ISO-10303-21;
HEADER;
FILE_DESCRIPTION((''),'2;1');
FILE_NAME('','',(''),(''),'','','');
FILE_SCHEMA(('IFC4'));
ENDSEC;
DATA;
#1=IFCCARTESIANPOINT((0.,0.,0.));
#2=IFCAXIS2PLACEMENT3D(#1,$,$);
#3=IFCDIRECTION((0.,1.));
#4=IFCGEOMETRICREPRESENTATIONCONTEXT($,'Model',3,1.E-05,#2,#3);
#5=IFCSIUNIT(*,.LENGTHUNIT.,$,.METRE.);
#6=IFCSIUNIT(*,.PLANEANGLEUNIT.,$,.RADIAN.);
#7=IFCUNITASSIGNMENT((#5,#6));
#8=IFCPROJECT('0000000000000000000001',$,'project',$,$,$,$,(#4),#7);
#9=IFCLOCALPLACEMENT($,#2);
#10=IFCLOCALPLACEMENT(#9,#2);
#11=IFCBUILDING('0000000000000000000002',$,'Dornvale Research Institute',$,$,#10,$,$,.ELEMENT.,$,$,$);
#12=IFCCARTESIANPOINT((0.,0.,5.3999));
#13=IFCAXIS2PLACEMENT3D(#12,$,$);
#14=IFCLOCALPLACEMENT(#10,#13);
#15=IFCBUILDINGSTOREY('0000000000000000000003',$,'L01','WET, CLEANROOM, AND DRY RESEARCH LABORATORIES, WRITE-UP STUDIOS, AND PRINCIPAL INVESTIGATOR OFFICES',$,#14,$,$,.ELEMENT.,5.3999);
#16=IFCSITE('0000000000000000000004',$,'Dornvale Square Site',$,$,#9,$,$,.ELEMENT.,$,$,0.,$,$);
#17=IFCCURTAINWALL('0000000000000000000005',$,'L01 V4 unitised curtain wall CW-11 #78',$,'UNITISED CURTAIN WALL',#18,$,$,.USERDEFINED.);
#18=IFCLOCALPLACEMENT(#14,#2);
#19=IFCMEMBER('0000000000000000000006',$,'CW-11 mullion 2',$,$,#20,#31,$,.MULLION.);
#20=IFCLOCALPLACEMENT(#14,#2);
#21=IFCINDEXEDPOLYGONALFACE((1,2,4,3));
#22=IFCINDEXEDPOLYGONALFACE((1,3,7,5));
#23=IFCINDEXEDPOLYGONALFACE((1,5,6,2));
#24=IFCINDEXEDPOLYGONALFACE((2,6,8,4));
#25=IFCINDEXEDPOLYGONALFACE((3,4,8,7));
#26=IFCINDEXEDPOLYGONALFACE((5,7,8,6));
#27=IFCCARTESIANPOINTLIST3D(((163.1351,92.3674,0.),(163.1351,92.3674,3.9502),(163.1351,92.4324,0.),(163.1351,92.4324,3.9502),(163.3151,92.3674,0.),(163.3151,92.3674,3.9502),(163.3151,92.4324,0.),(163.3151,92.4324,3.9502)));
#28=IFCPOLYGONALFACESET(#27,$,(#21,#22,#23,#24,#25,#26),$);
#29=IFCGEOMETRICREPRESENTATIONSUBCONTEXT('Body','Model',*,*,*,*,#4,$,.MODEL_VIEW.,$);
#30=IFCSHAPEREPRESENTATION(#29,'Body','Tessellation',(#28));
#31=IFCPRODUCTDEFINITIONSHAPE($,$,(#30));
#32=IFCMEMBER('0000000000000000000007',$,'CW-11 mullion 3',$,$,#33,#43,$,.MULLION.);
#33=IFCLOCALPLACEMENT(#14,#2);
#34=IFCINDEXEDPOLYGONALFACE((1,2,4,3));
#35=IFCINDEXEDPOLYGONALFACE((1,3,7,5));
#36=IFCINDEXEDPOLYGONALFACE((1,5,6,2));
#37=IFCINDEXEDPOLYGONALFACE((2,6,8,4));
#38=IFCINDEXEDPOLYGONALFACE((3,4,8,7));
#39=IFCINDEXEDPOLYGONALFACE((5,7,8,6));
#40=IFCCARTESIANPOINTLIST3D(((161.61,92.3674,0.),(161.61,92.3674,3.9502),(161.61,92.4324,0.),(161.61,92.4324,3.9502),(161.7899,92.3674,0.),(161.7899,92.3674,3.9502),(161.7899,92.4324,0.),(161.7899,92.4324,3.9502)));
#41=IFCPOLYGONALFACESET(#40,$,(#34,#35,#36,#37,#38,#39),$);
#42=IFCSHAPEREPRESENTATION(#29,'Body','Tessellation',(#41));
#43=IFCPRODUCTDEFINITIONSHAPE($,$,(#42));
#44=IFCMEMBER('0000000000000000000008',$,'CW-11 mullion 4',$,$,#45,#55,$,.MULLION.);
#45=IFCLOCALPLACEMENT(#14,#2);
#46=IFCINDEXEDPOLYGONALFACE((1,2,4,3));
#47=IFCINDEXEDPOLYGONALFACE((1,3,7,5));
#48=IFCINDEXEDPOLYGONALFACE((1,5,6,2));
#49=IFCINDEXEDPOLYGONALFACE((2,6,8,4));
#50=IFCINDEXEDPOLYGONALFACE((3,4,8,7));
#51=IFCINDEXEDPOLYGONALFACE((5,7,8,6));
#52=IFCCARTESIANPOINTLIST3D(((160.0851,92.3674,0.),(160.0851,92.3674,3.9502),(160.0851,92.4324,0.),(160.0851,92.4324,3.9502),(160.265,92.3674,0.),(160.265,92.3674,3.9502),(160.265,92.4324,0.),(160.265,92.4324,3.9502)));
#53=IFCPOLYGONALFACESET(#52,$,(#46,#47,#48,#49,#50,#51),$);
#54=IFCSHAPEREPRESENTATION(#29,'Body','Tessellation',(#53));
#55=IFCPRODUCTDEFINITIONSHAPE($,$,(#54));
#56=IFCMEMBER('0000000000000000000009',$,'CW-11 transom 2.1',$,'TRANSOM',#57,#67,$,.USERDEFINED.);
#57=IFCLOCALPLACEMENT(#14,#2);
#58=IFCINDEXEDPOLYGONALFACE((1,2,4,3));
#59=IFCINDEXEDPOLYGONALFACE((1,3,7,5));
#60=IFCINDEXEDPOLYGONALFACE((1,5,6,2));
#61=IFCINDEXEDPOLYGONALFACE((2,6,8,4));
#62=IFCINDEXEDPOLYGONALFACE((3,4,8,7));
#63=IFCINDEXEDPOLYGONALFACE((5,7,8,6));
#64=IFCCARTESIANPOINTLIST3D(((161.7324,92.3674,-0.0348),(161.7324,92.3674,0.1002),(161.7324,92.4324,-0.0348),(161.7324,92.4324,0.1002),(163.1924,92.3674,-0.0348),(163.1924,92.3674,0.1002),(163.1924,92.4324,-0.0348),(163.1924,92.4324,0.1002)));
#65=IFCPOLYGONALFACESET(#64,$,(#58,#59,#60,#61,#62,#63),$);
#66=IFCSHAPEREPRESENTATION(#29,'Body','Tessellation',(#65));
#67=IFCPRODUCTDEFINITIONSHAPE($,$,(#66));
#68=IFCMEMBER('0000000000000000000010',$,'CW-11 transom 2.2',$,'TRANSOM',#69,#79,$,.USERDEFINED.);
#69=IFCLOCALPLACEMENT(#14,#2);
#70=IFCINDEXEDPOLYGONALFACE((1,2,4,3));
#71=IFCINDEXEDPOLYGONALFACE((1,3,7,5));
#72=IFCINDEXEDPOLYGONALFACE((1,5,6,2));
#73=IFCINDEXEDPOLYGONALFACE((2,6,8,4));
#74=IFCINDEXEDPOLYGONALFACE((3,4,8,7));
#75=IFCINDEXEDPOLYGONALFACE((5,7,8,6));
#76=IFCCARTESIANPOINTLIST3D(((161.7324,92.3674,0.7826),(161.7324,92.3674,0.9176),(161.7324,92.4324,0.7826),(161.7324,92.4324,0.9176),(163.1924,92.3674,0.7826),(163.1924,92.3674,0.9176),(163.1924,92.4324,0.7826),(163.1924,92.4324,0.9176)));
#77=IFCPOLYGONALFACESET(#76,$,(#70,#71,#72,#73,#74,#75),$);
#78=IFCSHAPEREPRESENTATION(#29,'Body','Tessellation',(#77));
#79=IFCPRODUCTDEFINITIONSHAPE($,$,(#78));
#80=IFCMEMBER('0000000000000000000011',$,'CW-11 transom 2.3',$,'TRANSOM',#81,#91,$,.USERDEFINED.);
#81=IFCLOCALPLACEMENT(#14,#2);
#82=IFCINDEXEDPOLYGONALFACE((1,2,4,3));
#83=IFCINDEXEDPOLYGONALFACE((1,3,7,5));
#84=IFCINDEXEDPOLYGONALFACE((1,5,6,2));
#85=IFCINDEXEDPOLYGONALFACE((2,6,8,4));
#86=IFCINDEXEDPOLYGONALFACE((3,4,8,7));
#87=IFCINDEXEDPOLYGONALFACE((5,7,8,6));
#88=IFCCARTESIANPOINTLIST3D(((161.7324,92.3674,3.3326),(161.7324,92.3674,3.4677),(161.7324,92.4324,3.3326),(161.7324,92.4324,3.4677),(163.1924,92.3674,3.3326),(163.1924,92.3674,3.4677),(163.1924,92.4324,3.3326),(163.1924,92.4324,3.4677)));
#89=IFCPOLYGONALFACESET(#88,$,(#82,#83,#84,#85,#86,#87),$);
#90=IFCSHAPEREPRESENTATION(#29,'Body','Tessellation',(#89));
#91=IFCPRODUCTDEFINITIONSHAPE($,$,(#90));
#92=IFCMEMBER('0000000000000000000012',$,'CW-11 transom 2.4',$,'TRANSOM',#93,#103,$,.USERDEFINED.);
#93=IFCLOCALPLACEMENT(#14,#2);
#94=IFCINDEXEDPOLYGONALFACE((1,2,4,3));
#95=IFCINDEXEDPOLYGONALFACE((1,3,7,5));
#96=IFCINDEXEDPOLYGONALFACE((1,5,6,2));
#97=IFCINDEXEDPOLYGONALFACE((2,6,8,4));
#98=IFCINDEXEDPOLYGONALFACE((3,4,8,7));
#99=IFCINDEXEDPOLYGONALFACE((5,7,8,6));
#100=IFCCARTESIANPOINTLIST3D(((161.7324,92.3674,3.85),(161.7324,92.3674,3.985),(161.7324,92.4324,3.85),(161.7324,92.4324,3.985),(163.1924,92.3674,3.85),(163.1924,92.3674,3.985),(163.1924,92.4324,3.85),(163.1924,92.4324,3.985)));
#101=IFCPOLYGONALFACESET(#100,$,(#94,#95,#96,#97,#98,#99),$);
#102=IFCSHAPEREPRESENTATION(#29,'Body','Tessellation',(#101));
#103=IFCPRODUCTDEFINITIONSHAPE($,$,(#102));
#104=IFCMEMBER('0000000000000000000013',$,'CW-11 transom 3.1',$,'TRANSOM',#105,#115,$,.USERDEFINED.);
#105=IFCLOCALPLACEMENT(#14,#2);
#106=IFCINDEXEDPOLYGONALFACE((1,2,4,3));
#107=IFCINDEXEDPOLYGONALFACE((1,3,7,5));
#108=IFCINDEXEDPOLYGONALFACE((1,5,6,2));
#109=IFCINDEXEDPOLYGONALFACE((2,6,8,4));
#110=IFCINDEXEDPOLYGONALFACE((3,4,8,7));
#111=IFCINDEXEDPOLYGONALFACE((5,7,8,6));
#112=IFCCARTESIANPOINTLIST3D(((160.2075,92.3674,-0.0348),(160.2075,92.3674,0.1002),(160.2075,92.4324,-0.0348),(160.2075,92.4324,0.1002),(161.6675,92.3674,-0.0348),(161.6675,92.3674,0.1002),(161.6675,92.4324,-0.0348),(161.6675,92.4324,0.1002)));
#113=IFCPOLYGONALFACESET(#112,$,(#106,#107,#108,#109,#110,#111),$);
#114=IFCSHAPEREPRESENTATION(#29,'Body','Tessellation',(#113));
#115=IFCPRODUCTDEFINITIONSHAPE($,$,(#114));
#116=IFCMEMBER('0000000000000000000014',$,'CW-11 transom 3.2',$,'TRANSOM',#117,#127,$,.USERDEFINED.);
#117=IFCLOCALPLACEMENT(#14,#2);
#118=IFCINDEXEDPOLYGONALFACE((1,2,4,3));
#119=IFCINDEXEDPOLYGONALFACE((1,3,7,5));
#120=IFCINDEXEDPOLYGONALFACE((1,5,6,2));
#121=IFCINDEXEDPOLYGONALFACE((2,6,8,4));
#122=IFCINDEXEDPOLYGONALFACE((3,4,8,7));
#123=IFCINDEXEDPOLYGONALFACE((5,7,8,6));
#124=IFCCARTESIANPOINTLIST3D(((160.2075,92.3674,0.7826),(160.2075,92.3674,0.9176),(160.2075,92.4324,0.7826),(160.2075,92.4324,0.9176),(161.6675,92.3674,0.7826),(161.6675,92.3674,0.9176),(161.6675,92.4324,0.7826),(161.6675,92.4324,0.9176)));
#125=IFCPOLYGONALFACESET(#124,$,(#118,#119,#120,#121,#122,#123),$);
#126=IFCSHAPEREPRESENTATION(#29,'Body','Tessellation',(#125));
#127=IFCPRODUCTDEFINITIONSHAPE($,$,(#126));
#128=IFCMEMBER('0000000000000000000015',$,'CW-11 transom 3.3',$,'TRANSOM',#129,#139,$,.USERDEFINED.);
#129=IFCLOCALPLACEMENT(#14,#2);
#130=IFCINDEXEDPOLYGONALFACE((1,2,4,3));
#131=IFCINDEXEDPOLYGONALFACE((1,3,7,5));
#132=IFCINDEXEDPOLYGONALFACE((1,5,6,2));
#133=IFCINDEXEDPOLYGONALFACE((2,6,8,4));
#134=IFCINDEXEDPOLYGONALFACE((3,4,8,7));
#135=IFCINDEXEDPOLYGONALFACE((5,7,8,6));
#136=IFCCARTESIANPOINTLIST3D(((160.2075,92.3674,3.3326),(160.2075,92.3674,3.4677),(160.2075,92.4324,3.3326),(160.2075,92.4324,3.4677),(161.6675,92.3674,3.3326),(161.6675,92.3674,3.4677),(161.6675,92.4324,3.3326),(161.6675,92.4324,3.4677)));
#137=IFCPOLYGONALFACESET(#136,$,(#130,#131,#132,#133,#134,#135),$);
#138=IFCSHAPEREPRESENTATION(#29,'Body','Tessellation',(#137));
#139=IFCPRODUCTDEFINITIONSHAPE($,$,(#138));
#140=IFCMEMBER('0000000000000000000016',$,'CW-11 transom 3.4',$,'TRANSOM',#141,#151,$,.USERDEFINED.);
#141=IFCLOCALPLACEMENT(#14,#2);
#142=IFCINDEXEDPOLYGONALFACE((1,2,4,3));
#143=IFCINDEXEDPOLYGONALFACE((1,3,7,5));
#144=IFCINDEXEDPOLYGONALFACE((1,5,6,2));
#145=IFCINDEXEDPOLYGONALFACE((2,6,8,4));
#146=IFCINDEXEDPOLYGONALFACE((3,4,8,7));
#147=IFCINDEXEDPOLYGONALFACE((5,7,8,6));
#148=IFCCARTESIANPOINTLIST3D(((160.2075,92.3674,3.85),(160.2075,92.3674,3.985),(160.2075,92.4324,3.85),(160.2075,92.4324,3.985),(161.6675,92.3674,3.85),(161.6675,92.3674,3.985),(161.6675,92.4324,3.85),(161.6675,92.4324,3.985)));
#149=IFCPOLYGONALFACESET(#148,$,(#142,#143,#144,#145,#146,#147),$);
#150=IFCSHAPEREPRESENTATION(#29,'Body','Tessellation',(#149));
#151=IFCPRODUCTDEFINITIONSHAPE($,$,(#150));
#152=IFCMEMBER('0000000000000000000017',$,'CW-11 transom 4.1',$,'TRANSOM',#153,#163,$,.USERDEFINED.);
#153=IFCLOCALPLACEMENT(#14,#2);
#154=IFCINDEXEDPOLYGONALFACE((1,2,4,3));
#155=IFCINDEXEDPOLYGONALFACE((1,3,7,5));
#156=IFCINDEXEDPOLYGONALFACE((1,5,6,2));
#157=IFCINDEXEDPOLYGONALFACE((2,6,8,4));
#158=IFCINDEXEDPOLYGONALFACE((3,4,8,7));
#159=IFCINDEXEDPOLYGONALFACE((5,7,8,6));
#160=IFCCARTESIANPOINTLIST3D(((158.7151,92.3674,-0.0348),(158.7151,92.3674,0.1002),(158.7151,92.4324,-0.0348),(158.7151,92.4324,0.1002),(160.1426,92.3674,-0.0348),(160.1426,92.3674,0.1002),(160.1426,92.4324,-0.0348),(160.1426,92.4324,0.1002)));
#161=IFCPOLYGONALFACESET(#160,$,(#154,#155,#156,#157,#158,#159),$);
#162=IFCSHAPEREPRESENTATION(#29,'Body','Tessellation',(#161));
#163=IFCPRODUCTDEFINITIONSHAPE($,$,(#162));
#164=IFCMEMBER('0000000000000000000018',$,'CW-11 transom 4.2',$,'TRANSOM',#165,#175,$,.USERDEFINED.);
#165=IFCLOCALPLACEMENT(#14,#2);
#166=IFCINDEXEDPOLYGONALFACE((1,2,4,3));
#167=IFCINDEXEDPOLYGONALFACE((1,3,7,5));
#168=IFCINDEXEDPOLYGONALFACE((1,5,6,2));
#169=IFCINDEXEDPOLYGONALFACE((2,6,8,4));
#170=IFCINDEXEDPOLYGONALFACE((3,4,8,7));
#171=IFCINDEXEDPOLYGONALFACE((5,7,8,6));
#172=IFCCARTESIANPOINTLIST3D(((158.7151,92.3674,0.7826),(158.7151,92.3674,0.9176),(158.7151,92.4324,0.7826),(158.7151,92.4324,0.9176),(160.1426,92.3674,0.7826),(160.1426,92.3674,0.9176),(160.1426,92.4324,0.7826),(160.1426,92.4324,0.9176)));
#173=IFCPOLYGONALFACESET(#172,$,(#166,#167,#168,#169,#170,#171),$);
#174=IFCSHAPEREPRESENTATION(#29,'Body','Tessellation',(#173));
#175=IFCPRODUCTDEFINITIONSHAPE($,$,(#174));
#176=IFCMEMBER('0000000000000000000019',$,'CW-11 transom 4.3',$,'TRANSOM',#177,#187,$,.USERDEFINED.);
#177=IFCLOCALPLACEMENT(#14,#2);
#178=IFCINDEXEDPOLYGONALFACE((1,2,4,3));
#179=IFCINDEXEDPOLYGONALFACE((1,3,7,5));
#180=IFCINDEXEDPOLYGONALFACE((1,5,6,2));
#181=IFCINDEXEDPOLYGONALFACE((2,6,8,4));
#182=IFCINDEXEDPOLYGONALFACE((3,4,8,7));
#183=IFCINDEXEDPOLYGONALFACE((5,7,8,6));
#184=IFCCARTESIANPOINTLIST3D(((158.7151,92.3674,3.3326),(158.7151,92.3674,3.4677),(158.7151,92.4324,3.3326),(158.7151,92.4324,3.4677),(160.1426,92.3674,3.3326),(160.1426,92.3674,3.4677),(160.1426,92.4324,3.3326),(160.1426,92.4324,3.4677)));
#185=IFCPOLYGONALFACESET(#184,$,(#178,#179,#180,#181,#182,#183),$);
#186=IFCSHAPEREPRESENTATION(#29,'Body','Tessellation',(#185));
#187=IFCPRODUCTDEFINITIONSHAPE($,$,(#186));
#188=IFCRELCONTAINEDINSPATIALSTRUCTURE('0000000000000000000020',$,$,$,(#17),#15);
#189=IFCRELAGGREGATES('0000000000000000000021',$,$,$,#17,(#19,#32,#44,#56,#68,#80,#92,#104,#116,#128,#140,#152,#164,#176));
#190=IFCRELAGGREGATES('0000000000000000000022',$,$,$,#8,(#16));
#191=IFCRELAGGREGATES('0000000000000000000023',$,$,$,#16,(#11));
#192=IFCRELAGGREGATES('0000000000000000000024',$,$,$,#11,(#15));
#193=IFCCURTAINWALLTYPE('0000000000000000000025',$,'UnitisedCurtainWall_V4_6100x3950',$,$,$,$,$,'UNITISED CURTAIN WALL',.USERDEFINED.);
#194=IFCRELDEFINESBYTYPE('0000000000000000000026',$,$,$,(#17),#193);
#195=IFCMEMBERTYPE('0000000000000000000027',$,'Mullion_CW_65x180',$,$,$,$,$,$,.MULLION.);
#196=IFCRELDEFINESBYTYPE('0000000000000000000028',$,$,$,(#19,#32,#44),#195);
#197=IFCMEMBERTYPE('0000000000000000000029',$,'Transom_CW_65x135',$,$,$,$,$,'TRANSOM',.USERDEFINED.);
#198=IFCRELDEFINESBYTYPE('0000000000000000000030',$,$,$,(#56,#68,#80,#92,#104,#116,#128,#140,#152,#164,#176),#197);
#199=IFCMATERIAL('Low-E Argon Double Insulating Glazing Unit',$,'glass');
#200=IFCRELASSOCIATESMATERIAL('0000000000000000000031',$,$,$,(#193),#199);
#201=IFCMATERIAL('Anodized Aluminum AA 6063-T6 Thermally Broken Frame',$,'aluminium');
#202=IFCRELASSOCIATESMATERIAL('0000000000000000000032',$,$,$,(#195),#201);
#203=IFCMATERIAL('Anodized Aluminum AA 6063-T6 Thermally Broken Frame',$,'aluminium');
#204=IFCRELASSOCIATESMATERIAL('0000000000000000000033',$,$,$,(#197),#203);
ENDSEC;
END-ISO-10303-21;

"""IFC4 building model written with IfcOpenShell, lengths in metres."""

from ifc_helpers import new_model, si_unit, direction, frame, origin, origin_2d, place, context, subcontext, project, spatial, rectangle, extrude, material, material_profile, profile_set, type_object, element, aggregate, save


model = new_model("IFC4")

# Units and contexts
model_context = context("Model", 3, precision=1e-05, world=origin(), true_north=direction((0.0, 1.0)))
body_context = subcontext(model_context, "Body", "Model", "MODEL_VIEW")
ifc_project = project(units=[si_unit("LENGTHUNIT", "METRE"), si_unit("PLANEANGLEUNIT", "RADIAN")], contexts=[model_context])

# Site, building, storey
site_placement = place(None, origin())
site = spatial("IfcSite", under=ifc_project, at=site_placement, Name="Dornvale Square Site", CompositionType="ELEMENT", RefElevation=0.0)
building_placement = place(site_placement, origin())
building = spatial("IfcBuilding", under=site, at=building_placement, Name="Dornvale Research Institute", CompositionType="ELEMENT")
storey_placement = place(building_placement, frame((0.0, 0.0, 5.3999)))
storey = spatial("IfcBuildingStorey", under=building, at=storey_placement, Name="L01", Description="WET, CLEANROOM, AND DRY RESEARCH LABORATORIES, WRITE-UP STUDIOS, AND PRINCIPAL INVESTIGATOR OFFICES", CompositionType="ELEMENT", Elevation=5.3999)

# Curtain wall, members
ifc_material_1 = material(Name="Low-E Argon Double Insulating Glazing Unit", Category="glass")
curtain_wall_type = type_object("IfcCurtainWallType", Name="UnitisedCurtainWall_V4_6100x3950", ElementType="UNITISED CURTAIN WALL", PredefinedType="USERDEFINED", material=ifc_material_1)
curtain_wall_placement = place(storey_placement, origin())
curtain_wall = element("IfcCurtainWall", 1, at=curtain_wall_placement, inside=storey, type_object=curtain_wall_type, Name="L01 V4 unitised curtain wall CW-11 #78", ObjectType="UNITISED CURTAIN WALL", PredefinedType="USERDEFINED")
ifc_material_2 = material(Name="Anodized Aluminum AA 6063-T6 Thermally Broken Frame", Category="aluminium")
ifc_material_profile_1 = material_profile(ifc_material_2, rectangle(XDim=0.0649, YDim=0.1799, at=origin_2d()), Name="ALU MULLION 65x180")
ifc_profile_set_1 = profile_set([ifc_material_profile_1], Name="Anodized Aluminum AA 6063-T6 Thermally Broken Frame")
member_type_1 = type_object("IfcMemberType", Name="Mullion_CW_65x180", PredefinedType="MULLION", material=ifc_profile_set_1)
member_1_placement = place(storey_placement, frame((163.2251, 92.3999, 0.0), z_axis=(0.0, 0.0, 1.0), x_axis=(0.0, -1.0, 0.0)))
member_1 = element("IfcMember", 2, at=member_1_placement, type_object=member_type_1, Name="CW-11 mullion 2", PredefinedType="MULLION", context=body_context, shape_type="SweptSolid", body=[
    extrude(rectangle(XDim=0.0649, YDim=0.1799, at=origin_2d()), origin(), (0.0, 0.0, 1.0), 3.9502),
])
member_2_placement = place(storey_placement, frame((161.7, 92.3999, 0.0), z_axis=(0.0, 0.0, 1.0), x_axis=(0.0, -1.0, 0.0)))
member_2 = element("IfcMember", 3, at=member_2_placement, type_object=member_type_1, Name="CW-11 mullion 3", PredefinedType="MULLION", context=body_context, shape_type="SweptSolid", body=[
    extrude(rectangle(XDim=0.0649, YDim=0.1799, at=origin_2d()), origin(), (0.0, 0.0, 1.0), 3.9502),
])
member_3_placement = place(storey_placement, frame((160.175, 92.3999, 0.0), z_axis=(0.0, 0.0, 1.0), x_axis=(0.0, -1.0, 0.0)))
member_3 = element("IfcMember", 4, at=member_3_placement, type_object=member_type_1, Name="CW-11 mullion 4", PredefinedType="MULLION", context=body_context, shape_type="SweptSolid", body=[
    extrude(rectangle(XDim=0.0649, YDim=0.1799, at=origin_2d()), origin(), (0.0, 0.0, 1.0), 3.9502),
])
ifc_material_3 = material(Name="Anodized Aluminum AA 6063-T6 Thermally Broken Frame", Category="aluminium")
ifc_material_profile_2 = material_profile(ifc_material_3, rectangle(XDim=0.0649, YDim=0.135, at=origin_2d()), Name="ALU TRANSOM 65x135")
ifc_profile_set_2 = profile_set([ifc_material_profile_2], Name="Anodized Aluminum AA 6063-T6 Thermally Broken Frame")
member_type_2 = type_object("IfcMemberType", Name="Transom_CW_65x135", ElementType="TRANSOM", PredefinedType="USERDEFINED", material=ifc_profile_set_2)
member_4_placement = place(storey_placement, frame((163.1924, 92.3999, 0.0327), z_axis=(-1.0, 0.0, 0.0), x_axis=(0.0, -1.0, 0.0)))
member_4 = element("IfcMember", 5, at=member_4_placement, type_object=member_type_2, Name="CW-11 transom 2.1", ObjectType="TRANSOM", PredefinedType="USERDEFINED", context=body_context, shape_type="SweptSolid", body=[
    extrude(rectangle(XDim=0.0649, YDim=0.135, at=origin_2d()), origin(), (0.0, 0.0, 1.0), 1.46),
])
member_5_placement = place(storey_placement, frame((163.1924, 92.3999, 0.8501), z_axis=(-1.0, 0.0, 0.0), x_axis=(0.0, -1.0, 0.0)))
member_5 = element("IfcMember", 6, at=member_5_placement, type_object=member_type_2, Name="CW-11 transom 2.2", ObjectType="TRANSOM", PredefinedType="USERDEFINED", context=body_context, shape_type="SweptSolid", body=[
    extrude(rectangle(XDim=0.0649, YDim=0.135, at=origin_2d()), origin(), (0.0, 0.0, 1.0), 1.46),
])
member_6_placement = place(storey_placement, frame((163.1924, 92.3999, 3.4001), z_axis=(-1.0, 0.0, 0.0), x_axis=(0.0, -1.0, 0.0)))
member_6 = element("IfcMember", 7, at=member_6_placement, type_object=member_type_2, Name="CW-11 transom 2.3", ObjectType="TRANSOM", PredefinedType="USERDEFINED", context=body_context, shape_type="SweptSolid", body=[
    extrude(rectangle(XDim=0.0649, YDim=0.135, at=origin_2d()), origin(), (0.0, 0.0, 1.0), 1.46),
])
member_7_placement = place(storey_placement, frame((163.1924, 92.3999, 3.9175), z_axis=(-1.0, 0.0, 0.0), x_axis=(0.0, -1.0, 0.0)))
member_7 = element("IfcMember", 8, at=member_7_placement, type_object=member_type_2, Name="CW-11 transom 2.4", ObjectType="TRANSOM", PredefinedType="USERDEFINED", context=body_context, shape_type="SweptSolid", body=[
    extrude(rectangle(XDim=0.0649, YDim=0.135, at=origin_2d()), origin(), (0.0, 0.0, 1.0), 1.46),
])
member_8_placement = place(storey_placement, frame((161.6675, 92.3999, 0.0327), z_axis=(-1.0, 0.0, 0.0), x_axis=(0.0, -1.0, 0.0)))
member_8 = element("IfcMember", 9, at=member_8_placement, type_object=member_type_2, Name="CW-11 transom 3.1", ObjectType="TRANSOM", PredefinedType="USERDEFINED", context=body_context, shape_type="SweptSolid", body=[
    extrude(rectangle(XDim=0.0649, YDim=0.135, at=origin_2d()), origin(), (0.0, 0.0, 1.0), 1.46),
])
member_9_placement = place(storey_placement, frame((161.6675, 92.3999, 0.8501), z_axis=(-1.0, 0.0, 0.0), x_axis=(0.0, -1.0, 0.0)))
member_9 = element("IfcMember", 10, at=member_9_placement, type_object=member_type_2, Name="CW-11 transom 3.2", ObjectType="TRANSOM", PredefinedType="USERDEFINED", context=body_context, shape_type="SweptSolid", body=[
    extrude(rectangle(XDim=0.0649, YDim=0.135, at=origin_2d()), origin(), (0.0, 0.0, 1.0), 1.46),
])
member_10_placement = place(storey_placement, frame((161.6675, 92.3999, 3.4001), z_axis=(-1.0, 0.0, 0.0), x_axis=(0.0, -1.0, 0.0)))
member_10 = element("IfcMember", 11, at=member_10_placement, type_object=member_type_2, Name="CW-11 transom 3.3", ObjectType="TRANSOM", PredefinedType="USERDEFINED", context=body_context, shape_type="SweptSolid", body=[
    extrude(rectangle(XDim=0.0649, YDim=0.135, at=origin_2d()), origin(), (0.0, 0.0, 1.0), 1.46),
])
member_11_placement = place(storey_placement, frame((161.6675, 92.3999, 3.9175), z_axis=(-1.0, 0.0, 0.0), x_axis=(0.0, -1.0, 0.0)))
member_11 = element("IfcMember", 12, at=member_11_placement, type_object=member_type_2, Name="CW-11 transom 3.4", ObjectType="TRANSOM", PredefinedType="USERDEFINED", context=body_context, shape_type="SweptSolid", body=[
    extrude(rectangle(XDim=0.0649, YDim=0.135, at=origin_2d()), origin(), (0.0, 0.0, 1.0), 1.46),
])
member_12_placement = place(storey_placement, frame((160.1426, 92.3999, 0.0327), z_axis=(-1.0, 0.0, 0.0), x_axis=(0.0, -1.0, 0.0)))
member_12 = element("IfcMember", 13, at=member_12_placement, type_object=member_type_2, Name="CW-11 transom 4.1", ObjectType="TRANSOM", PredefinedType="USERDEFINED", context=body_context, shape_type="SweptSolid", body=[
    extrude(rectangle(XDim=0.0649, YDim=0.135, at=origin_2d()), origin(), (0.0, 0.0, 1.0), 1.4275),
])
member_13_placement = place(storey_placement, frame((160.1426, 92.3999, 0.8501), z_axis=(-1.0, 0.0, 0.0), x_axis=(0.0, -1.0, 0.0)))
member_13 = element("IfcMember", 14, at=member_13_placement, type_object=member_type_2, Name="CW-11 transom 4.2", ObjectType="TRANSOM", PredefinedType="USERDEFINED", context=body_context, shape_type="SweptSolid", body=[
    extrude(rectangle(XDim=0.0649, YDim=0.135, at=origin_2d()), origin(), (0.0, 0.0, 1.0), 1.4275),
])
member_14_placement = place(storey_placement, frame((160.1426, 92.3999, 3.4001), z_axis=(-1.0, 0.0, 0.0), x_axis=(0.0, -1.0, 0.0)))
member_14 = element("IfcMember", 15, at=member_14_placement, type_object=member_type_2, Name="CW-11 transom 4.3", ObjectType="TRANSOM", PredefinedType="USERDEFINED", context=body_context, shape_type="SweptSolid", body=[
    extrude(rectangle(XDim=0.0649, YDim=0.135, at=origin_2d()), origin(), (0.0, 0.0, 1.0), 1.4275),
])
aggregate(curtain_wall, [member_1, member_2, member_3, member_4, member_5, member_6, member_7, member_8, member_9, member_10, member_11, member_12, member_13, member_14])

save(model, "model.ifc")
